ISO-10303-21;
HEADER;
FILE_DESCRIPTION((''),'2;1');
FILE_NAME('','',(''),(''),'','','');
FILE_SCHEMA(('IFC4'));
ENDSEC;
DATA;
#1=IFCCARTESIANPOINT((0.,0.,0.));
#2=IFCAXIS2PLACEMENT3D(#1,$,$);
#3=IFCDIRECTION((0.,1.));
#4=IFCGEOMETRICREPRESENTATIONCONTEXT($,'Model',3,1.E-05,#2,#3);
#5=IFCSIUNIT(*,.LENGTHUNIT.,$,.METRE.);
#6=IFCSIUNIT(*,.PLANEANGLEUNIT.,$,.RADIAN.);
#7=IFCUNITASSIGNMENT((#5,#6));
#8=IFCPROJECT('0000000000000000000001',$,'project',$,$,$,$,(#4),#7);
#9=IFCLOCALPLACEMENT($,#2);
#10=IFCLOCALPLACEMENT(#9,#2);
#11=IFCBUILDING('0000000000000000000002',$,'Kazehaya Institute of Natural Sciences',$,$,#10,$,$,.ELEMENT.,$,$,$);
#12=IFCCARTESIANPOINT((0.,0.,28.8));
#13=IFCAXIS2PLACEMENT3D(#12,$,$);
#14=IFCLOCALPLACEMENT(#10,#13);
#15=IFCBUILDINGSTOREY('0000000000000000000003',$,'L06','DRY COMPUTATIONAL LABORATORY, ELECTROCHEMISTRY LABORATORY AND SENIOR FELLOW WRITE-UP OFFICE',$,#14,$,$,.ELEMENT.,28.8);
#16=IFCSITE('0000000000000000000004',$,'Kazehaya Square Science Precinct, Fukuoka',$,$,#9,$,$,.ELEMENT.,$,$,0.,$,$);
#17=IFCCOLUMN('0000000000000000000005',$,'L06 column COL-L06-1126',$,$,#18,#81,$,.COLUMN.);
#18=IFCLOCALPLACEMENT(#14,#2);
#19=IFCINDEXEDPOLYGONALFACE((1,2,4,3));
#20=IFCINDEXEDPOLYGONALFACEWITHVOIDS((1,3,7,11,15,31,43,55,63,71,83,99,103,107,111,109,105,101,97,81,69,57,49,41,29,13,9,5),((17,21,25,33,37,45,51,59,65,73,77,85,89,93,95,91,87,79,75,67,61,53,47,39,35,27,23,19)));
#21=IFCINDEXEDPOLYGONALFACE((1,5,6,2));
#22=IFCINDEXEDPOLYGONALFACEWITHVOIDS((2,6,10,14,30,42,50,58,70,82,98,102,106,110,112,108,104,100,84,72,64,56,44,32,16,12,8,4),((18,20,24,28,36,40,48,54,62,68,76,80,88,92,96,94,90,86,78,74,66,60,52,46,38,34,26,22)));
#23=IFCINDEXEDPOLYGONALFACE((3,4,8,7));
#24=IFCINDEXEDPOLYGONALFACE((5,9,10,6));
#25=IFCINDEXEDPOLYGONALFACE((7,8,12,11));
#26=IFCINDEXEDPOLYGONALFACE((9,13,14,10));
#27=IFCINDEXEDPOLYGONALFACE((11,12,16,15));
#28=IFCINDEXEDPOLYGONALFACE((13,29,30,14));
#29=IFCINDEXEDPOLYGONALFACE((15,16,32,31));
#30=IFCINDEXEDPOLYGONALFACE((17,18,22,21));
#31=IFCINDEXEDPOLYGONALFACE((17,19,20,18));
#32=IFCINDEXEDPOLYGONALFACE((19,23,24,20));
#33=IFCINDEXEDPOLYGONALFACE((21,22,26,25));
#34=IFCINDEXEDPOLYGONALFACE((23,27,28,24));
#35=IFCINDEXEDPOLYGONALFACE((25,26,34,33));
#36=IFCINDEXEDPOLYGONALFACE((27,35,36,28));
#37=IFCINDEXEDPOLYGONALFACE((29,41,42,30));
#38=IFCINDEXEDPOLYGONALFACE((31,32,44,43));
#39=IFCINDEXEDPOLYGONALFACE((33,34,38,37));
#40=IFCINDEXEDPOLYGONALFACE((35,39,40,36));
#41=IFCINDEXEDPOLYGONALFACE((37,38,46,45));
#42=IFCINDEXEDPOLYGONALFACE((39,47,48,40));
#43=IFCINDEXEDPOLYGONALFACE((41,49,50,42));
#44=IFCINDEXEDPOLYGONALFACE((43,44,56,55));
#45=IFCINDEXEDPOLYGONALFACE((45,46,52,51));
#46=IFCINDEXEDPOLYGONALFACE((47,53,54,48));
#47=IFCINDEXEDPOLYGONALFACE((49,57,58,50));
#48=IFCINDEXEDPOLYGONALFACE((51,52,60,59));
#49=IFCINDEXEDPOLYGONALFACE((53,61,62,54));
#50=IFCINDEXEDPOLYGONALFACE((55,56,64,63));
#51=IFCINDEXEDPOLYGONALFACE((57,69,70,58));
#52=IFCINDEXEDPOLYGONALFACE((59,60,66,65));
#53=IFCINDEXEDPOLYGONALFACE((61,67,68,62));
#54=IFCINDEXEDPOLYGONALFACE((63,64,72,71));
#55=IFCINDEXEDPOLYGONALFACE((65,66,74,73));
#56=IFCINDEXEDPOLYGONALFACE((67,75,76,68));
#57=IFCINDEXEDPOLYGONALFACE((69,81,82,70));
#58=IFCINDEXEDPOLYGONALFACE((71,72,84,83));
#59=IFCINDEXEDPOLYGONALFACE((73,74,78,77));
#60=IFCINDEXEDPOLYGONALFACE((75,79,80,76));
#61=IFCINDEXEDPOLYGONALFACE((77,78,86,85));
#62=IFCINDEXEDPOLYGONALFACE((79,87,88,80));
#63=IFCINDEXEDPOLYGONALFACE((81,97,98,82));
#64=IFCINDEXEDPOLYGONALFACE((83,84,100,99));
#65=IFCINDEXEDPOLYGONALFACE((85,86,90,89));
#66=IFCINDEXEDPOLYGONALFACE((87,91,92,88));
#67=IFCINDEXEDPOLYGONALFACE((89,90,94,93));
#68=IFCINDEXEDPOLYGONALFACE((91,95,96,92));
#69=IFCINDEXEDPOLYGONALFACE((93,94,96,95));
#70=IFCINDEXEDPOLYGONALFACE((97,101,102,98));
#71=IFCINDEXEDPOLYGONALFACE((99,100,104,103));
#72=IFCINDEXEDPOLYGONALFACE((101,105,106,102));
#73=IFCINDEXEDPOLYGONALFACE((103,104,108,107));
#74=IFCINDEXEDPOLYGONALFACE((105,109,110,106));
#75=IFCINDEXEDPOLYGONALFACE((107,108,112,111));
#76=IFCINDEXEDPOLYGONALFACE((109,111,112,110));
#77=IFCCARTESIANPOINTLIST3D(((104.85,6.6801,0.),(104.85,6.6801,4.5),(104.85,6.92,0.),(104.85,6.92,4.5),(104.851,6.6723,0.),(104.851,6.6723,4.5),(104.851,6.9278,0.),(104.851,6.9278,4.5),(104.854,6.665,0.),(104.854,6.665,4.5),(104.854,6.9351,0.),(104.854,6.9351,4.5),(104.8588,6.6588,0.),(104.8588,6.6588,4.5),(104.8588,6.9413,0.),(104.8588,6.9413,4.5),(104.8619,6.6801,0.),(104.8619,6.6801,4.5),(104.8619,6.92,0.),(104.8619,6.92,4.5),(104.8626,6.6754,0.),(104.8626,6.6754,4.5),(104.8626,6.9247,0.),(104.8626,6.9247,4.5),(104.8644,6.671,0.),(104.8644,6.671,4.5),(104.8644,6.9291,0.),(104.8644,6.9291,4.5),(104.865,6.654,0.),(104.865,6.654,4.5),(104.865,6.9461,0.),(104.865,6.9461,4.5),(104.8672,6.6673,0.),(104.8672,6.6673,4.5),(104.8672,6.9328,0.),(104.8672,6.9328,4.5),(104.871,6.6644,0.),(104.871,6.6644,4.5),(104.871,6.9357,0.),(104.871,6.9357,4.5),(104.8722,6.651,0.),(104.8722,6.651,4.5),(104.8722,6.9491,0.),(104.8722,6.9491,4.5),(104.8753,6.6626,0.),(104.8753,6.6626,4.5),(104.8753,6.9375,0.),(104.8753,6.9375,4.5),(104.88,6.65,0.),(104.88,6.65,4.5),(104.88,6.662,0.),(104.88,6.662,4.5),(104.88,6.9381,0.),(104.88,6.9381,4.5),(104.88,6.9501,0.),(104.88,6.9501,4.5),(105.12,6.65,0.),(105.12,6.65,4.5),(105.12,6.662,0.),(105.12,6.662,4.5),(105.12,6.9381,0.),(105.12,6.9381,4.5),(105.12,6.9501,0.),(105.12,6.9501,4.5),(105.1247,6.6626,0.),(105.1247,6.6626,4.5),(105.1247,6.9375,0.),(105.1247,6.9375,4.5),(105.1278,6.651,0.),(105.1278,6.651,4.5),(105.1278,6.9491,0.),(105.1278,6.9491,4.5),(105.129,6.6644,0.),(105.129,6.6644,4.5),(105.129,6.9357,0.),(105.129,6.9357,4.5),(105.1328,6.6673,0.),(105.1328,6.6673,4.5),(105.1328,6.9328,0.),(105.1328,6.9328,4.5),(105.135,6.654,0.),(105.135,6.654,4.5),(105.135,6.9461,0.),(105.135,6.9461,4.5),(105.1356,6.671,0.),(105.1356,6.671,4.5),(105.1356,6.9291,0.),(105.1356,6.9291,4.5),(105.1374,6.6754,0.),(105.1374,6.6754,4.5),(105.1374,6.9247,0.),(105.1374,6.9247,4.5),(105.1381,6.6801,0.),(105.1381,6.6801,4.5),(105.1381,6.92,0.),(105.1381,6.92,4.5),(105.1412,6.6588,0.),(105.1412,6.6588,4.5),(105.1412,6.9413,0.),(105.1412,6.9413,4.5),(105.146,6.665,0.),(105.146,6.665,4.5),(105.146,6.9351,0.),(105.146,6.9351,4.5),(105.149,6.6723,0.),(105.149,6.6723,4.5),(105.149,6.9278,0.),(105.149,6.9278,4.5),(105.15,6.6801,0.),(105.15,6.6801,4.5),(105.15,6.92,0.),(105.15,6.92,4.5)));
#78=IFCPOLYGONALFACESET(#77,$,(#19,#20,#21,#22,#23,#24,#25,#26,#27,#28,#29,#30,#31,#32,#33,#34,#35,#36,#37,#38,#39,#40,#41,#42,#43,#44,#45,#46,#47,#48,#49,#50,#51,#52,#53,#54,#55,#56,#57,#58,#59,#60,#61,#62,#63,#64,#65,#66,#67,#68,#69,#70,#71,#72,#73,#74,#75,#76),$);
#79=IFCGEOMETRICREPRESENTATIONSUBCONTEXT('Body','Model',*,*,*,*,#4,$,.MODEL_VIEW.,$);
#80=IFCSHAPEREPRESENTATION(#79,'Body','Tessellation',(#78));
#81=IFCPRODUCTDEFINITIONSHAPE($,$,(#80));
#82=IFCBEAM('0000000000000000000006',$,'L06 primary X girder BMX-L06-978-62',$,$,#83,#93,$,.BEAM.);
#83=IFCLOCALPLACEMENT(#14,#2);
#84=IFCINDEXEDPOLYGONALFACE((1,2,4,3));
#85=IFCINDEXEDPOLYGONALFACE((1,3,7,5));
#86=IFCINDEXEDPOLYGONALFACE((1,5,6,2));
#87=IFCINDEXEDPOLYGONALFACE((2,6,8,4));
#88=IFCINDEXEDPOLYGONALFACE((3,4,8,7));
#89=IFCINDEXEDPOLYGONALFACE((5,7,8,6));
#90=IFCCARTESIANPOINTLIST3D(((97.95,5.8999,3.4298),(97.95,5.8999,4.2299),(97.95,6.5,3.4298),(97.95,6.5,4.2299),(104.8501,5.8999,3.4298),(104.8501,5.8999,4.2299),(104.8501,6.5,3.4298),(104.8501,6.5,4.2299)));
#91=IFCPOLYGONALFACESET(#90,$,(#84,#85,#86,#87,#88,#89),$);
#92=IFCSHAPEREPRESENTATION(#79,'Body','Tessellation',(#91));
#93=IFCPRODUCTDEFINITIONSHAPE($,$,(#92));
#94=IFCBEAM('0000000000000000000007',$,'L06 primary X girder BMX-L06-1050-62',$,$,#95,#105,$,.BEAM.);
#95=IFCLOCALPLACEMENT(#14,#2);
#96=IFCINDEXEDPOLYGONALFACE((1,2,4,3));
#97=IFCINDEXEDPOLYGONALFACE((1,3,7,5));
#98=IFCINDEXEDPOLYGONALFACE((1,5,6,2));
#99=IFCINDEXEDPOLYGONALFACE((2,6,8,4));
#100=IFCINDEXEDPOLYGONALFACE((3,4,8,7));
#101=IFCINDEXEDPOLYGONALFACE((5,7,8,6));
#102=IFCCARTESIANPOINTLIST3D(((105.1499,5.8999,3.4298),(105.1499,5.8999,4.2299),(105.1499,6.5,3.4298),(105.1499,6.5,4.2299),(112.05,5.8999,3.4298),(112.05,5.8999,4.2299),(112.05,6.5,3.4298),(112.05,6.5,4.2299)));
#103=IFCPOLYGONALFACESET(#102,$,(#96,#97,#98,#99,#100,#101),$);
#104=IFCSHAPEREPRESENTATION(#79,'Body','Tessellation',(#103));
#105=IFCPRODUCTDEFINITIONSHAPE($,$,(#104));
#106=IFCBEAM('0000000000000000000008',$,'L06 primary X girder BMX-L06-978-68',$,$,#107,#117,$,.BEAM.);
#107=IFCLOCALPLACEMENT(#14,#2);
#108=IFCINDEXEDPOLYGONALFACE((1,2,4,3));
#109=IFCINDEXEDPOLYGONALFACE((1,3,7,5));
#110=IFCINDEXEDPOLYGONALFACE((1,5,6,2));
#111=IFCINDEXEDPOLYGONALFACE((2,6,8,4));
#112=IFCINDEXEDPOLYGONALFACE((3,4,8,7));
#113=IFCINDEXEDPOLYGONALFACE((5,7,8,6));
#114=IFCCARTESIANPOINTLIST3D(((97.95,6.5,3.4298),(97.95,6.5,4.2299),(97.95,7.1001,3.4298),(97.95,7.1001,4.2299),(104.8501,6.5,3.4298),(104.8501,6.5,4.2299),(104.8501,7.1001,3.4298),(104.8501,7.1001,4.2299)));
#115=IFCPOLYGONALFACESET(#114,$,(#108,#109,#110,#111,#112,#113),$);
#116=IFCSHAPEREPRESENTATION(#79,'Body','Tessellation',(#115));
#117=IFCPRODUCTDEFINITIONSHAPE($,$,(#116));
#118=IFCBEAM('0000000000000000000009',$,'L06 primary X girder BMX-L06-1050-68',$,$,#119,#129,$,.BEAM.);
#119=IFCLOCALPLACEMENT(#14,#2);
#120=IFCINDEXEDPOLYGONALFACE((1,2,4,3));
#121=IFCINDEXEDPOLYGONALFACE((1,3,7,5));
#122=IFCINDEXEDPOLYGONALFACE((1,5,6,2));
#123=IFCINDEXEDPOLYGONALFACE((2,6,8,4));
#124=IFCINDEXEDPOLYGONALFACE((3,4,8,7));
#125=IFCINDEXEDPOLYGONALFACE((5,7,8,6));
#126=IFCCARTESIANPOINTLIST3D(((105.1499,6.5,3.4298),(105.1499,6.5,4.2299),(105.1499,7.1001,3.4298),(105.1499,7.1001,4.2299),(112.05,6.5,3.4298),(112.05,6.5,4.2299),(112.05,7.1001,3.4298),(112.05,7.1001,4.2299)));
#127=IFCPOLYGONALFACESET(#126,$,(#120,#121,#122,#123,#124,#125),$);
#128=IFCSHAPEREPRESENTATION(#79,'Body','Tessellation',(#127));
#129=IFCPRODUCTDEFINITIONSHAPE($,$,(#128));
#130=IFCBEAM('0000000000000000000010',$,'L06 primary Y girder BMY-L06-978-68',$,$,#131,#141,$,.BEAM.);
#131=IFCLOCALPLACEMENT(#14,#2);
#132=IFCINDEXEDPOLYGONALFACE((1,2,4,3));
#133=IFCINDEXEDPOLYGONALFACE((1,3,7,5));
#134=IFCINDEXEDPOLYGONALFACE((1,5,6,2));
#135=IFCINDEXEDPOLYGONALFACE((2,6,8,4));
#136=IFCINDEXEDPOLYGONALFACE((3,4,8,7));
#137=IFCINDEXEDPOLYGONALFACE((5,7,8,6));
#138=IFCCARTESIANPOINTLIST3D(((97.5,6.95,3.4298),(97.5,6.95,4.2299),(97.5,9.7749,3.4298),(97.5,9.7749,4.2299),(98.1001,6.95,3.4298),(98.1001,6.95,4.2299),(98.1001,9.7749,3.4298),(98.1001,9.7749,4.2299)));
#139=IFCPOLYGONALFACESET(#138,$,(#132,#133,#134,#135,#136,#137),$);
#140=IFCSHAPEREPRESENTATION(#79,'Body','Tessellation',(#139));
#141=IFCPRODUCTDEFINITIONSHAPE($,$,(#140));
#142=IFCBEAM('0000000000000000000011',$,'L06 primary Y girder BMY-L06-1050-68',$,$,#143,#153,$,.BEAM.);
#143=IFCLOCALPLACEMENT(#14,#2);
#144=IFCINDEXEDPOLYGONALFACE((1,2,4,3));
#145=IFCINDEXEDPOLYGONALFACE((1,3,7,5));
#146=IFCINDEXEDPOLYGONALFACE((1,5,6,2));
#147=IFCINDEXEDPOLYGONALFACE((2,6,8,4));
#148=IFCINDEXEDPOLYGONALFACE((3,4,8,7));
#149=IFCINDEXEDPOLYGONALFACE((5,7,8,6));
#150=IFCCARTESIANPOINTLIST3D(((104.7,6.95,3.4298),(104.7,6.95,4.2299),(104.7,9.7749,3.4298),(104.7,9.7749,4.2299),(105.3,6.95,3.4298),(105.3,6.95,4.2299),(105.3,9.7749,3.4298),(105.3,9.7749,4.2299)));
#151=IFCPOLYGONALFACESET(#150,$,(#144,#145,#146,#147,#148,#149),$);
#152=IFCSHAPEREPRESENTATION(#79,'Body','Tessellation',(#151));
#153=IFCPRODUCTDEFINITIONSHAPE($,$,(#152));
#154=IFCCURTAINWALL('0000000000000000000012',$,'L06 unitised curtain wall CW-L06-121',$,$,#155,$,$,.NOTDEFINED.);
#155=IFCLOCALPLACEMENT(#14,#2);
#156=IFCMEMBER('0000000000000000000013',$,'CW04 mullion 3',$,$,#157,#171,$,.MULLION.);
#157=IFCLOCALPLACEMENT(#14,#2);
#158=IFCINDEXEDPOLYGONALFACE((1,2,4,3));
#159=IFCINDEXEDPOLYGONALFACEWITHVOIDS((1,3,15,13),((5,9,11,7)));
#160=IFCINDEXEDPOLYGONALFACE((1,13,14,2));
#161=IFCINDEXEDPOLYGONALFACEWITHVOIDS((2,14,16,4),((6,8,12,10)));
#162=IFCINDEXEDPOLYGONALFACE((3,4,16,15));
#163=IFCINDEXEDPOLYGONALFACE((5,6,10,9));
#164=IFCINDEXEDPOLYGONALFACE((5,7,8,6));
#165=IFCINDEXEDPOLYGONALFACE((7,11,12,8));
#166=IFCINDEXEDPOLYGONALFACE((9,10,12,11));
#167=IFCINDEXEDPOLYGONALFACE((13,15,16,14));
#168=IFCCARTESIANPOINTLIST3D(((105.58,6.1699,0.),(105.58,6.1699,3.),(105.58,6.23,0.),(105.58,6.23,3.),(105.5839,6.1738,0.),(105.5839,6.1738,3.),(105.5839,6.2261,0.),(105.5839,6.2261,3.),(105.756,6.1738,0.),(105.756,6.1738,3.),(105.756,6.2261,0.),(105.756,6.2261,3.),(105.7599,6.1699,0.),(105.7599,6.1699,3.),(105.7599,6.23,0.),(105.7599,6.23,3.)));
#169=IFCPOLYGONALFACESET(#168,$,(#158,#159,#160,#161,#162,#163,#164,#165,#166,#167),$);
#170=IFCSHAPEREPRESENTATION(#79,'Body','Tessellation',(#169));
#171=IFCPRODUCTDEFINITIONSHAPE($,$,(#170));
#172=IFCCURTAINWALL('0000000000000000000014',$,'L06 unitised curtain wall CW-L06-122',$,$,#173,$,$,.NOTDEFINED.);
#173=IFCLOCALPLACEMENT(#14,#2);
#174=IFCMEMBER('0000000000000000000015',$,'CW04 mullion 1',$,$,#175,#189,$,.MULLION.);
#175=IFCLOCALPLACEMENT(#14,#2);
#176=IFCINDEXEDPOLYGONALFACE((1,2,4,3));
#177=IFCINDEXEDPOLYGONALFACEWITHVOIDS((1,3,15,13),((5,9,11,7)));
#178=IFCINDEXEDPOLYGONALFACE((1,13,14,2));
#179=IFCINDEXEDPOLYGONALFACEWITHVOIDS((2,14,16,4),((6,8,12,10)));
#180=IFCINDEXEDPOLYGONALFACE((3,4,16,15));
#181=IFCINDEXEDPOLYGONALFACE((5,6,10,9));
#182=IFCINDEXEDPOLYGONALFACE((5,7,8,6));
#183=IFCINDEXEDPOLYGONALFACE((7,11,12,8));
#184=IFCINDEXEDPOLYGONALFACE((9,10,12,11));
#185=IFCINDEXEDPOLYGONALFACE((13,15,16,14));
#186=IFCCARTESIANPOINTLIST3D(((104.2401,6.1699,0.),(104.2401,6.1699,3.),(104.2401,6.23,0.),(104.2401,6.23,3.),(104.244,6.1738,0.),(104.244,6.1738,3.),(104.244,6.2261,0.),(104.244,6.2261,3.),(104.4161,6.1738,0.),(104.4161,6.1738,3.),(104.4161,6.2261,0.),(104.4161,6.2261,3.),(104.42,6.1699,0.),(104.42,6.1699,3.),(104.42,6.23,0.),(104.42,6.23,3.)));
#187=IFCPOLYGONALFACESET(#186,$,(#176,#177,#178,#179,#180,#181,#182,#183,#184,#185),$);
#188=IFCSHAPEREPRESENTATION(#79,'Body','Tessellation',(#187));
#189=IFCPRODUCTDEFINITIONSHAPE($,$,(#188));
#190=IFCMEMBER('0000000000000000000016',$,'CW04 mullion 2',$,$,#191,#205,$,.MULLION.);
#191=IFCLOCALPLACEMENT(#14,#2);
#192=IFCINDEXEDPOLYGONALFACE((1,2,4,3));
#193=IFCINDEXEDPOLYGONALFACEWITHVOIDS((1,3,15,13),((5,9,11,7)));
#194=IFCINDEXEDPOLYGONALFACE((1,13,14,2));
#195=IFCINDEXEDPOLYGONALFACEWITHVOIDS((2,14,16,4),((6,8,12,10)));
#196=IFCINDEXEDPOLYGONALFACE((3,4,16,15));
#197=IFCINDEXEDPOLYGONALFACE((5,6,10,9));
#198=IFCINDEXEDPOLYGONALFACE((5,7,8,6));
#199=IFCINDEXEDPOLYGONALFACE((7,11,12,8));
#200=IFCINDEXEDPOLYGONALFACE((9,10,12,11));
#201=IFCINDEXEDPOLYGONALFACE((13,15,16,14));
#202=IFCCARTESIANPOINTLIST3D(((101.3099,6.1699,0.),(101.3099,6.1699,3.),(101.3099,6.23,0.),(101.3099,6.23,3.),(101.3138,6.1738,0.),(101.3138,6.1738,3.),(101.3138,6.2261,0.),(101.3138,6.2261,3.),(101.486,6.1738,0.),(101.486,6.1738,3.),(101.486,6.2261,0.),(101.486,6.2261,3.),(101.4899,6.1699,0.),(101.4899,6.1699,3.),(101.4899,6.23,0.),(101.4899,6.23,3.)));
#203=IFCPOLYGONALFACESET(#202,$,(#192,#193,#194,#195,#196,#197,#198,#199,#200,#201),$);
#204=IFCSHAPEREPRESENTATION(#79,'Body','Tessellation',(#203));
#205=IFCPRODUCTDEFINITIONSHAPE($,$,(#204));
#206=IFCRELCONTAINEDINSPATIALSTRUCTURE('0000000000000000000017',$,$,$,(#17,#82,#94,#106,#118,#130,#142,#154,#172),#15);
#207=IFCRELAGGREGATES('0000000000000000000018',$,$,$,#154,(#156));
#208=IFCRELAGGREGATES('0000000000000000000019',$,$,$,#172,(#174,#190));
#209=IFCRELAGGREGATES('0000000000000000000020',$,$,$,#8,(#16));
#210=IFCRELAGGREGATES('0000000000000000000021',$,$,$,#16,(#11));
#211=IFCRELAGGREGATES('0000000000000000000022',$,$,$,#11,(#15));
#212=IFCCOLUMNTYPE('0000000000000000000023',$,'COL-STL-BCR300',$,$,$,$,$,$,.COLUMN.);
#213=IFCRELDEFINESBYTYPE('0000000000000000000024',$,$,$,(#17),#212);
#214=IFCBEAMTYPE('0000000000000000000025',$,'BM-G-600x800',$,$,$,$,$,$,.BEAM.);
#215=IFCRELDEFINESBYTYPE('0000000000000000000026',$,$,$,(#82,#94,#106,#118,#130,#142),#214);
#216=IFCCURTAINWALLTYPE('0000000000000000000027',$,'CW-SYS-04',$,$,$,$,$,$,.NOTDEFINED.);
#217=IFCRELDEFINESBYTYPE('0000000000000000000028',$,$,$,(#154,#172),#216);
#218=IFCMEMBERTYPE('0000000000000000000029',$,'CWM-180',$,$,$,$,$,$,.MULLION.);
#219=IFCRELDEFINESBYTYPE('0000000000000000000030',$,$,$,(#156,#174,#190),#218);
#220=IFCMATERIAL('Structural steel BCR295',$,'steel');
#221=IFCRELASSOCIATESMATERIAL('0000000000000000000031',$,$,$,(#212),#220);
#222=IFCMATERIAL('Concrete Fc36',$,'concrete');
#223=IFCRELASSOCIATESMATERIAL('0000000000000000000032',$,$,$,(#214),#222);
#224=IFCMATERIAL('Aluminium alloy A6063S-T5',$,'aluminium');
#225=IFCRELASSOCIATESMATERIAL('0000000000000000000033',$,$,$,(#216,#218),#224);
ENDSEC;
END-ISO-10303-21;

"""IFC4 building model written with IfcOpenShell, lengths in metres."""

from ifc_helpers import new_model, si_unit, direction, frame, origin, origin_2d, place, context, subcontext, project, spatial, rectangle, hollow_rectangle, extrude, material, material_profile, profile_set, type_object, element, aggregate, save


model = new_model("IFC4")

# Units and contexts
model_context = context("Model", 3, precision=1e-05, world=origin(), true_north=direction((0.0, 1.0)))
body_context = subcontext(model_context, "Body", "Model", "MODEL_VIEW")
ifc_project = project(units=[si_unit("LENGTHUNIT", "METRE"), si_unit("PLANEANGLEUNIT", "RADIAN")], contexts=[model_context])

# Site, building, storey
site_placement = place(None, origin())
site = spatial("IfcSite", under=ifc_project, at=site_placement, Name="Kazehaya Square Science Precinct, Fukuoka", CompositionType="ELEMENT", RefElevation=0.0)
building_placement = place(site_placement, origin())
building = spatial("IfcBuilding", under=site, at=building_placement, Name="Kazehaya Institute of Natural Sciences", CompositionType="ELEMENT")
storey_placement = place(building_placement, frame((0.0, 0.0, 28.8)))
storey = spatial("IfcBuildingStorey", under=building, at=storey_placement, Name="L06", Description="DRY COMPUTATIONAL LABORATORY, ELECTROCHEMISTRY LABORATORY AND SENIOR FELLOW WRITE-UP OFFICE", CompositionType="ELEMENT", Elevation=28.8)

# Column
ifc_material_1 = material(Name="Structural steel BCR295", Category="steel")
ifc_material_profile_1 = material_profile(ifc_material_1, hollow_rectangle(XDim=0.3, YDim=0.3, WallThickness=0.012, InnerFilletRadius=0.0181, OuterFilletRadius=0.03, at=origin_2d()), Name="BCR-300x300x12")
ifc_profile_set_1 = profile_set([ifc_material_profile_1], Name="Structural steel BCR295")
column_type = type_object("IfcColumnType", Name="COL-STL-BCR300", PredefinedType="COLUMN", material=ifc_profile_set_1)
for number, where, z_axis, x_axis, name in (
    (1, (105.0, 6.8, 0.0), (0.0, 0.0, 1.0), (1.0, 0.0, 0.0), "L06 column COL-L06-1126"),
):
    element("IfcColumn", number, at=place(storey_placement, frame(where, z_axis=z_axis, x_axis=x_axis)), inside=storey, type_object=column_type, Name=name, PredefinedType="COLUMN", context=body_context, shape_type="SweptSolid", body=[
        extrude(hollow_rectangle(XDim=0.3, YDim=0.3, WallThickness=0.012, InnerFilletRadius=0.0181, OuterFilletRadius=0.03, at=origin_2d()), origin(), (0.0, 0.0, 1.0), 4.5),
    ])

# Beams
ifc_material_2 = material(Name="Concrete Fc36", Category="concrete")
ifc_material_profile_2 = material_profile(ifc_material_2, rectangle(XDim=0.6001, YDim=0.8, at=origin_2d()), Name="RC-600x800")
ifc_profile_set_2 = profile_set([ifc_material_profile_2], Name="Concrete Fc36")
beam_type = type_object("IfcBeamType", Name="BM-G-600x800", PredefinedType="BEAM", material=ifc_profile_set_2)
for number, where, z_axis, x_axis, name in (
    (2, (97.95, 6.2, 3.8298), (1.0, 0.0, 0.0), (0.0, 1.0, 0.0), "L06 primary X girder BMX-L06-978-62"),
    (3, (105.1499, 6.2, 3.8298), (1.0, 0.0, 0.0), (0.0, 1.0, 0.0), "L06 primary X girder BMX-L06-1050-62"),
    (4, (97.95, 6.8, 3.8298), (1.0, 0.0, 0.0), (0.0, 1.0, 0.0), "L06 primary X girder BMX-L06-978-68"),
    (5, (105.1499, 6.8, 3.8298), (1.0, 0.0, 0.0), (0.0, 1.0, 0.0), "L06 primary X girder BMX-L06-1050-68"),
):
    element("IfcBeam", number, at=place(storey_placement, frame(where, z_axis=z_axis, x_axis=x_axis)), inside=storey, type_object=beam_type, Name=name, PredefinedType="BEAM", context=body_context, shape_type="SweptSolid", body=[
        extrude(rectangle(XDim=0.6001, YDim=0.8, at=origin_2d()), origin(), (0.0, 0.0, 1.0), 6.9001),
    ])
for number, where, z_axis, x_axis, name in (
    (6, (97.8, 6.95, 3.8298), (0.0, 1.0, 0.0), (-1.0, 0.0, 0.0), "L06 primary Y girder BMY-L06-978-68"),
    (7, (105.0, 6.95, 3.8298), (0.0, 1.0, 0.0), (-1.0, 0.0, 0.0), "L06 primary Y girder BMY-L06-1050-68"),
):
    element("IfcBeam", number, at=place(storey_placement, frame(where, z_axis=z_axis, x_axis=x_axis)), inside=storey, type_object=beam_type, Name=name, PredefinedType="BEAM", context=body_context, shape_type="SweptSolid", body=[
        extrude(rectangle(XDim=0.6001, YDim=0.8, at=origin_2d()), origin(), (0.0, 0.0, 1.0), 2.825),
    ])

# Curtain wall, member
ifc_material_3 = material(Name="Aluminium alloy A6063S-T5", Category="aluminium")
curtain_wall_type = type_object("IfcCurtainWallType", Name="CW-SYS-04", PredefinedType="NOTDEFINED", material=ifc_material_3)
curtain_wall_1_placement = place(storey_placement, origin())
curtain_wall_1 = element("IfcCurtainWall", 8, at=curtain_wall_1_placement, inside=storey, type_object=curtain_wall_type, Name="L06 unitised curtain wall CW-L06-121", PredefinedType="NOTDEFINED")
ifc_material_profile_3 = material_profile(ifc_material_3, hollow_rectangle(XDim=0.0601, YDim=0.1799, WallThickness=0.0039, at=origin_2d()), Name="ALU-60x180x4")
ifc_profile_set_3 = profile_set([ifc_material_profile_3], Name="Aluminium alloy A6063S-T5")
member_type_1 = type_object("IfcMemberType", Name="CWM-180", PredefinedType="MULLION", material=ifc_profile_set_3)
member_1_placement = place(storey_placement, frame((105.6699, 6.2, 0.0), z_axis=(0.0, 0.0, 1.0), x_axis=(0.0, -1.0, 0.0)))
member_1 = element("IfcMember", 9, at=member_1_placement, type_object=member_type_1, Name="CW04 mullion 3", PredefinedType="MULLION", context=body_context, shape_type="SweptSolid", body=[
    extrude(hollow_rectangle(XDim=0.0601, YDim=0.1799, WallThickness=0.0039, at=origin_2d()), origin(), (0.0, 0.0, 1.0), 3.0),
])
aggregate(curtain_wall_1, [member_1])

# Curtain wall, members
curtain_wall_2_placement = place(storey_placement, origin())
curtain_wall_2 = element("IfcCurtainWall", 10, at=curtain_wall_2_placement, inside=storey, type_object=curtain_wall_type, Name="L06 unitised curtain wall CW-L06-122", PredefinedType="NOTDEFINED")
member_2_placement = place(storey_placement, frame((104.3301, 6.2, 0.0), z_axis=(0.0, 0.0, 1.0), x_axis=(0.0, -1.0, 0.0)))
member_2 = element("IfcMember", 11, at=member_2_placement, type_object=member_type_1, Name="CW04 mullion 1", PredefinedType="MULLION", context=body_context, shape_type="SweptSolid", body=[
    extrude(hollow_rectangle(XDim=0.0601, YDim=0.1799, WallThickness=0.0039, at=origin_2d()), origin(), (0.0, 0.0, 1.0), 3.0),
])
member_3_placement = place(storey_placement, frame((101.3999, 6.2, 0.0), z_axis=(0.0, 0.0, 1.0), x_axis=(0.0, -1.0, 0.0)))
member_3 = element("IfcMember", 12, at=member_3_placement, type_object=member_type_1, Name="CW04 mullion 2", PredefinedType="MULLION", context=body_context, shape_type="SweptSolid", body=[
    extrude(hollow_rectangle(XDim=0.0601, YDim=0.1799, WallThickness=0.0039, at=origin_2d()), origin(), (0.0, 0.0, 1.0), 3.0),
])

aggregate(curtain_wall_2, [member_2, member_3])

save(model, "model.ifc")
